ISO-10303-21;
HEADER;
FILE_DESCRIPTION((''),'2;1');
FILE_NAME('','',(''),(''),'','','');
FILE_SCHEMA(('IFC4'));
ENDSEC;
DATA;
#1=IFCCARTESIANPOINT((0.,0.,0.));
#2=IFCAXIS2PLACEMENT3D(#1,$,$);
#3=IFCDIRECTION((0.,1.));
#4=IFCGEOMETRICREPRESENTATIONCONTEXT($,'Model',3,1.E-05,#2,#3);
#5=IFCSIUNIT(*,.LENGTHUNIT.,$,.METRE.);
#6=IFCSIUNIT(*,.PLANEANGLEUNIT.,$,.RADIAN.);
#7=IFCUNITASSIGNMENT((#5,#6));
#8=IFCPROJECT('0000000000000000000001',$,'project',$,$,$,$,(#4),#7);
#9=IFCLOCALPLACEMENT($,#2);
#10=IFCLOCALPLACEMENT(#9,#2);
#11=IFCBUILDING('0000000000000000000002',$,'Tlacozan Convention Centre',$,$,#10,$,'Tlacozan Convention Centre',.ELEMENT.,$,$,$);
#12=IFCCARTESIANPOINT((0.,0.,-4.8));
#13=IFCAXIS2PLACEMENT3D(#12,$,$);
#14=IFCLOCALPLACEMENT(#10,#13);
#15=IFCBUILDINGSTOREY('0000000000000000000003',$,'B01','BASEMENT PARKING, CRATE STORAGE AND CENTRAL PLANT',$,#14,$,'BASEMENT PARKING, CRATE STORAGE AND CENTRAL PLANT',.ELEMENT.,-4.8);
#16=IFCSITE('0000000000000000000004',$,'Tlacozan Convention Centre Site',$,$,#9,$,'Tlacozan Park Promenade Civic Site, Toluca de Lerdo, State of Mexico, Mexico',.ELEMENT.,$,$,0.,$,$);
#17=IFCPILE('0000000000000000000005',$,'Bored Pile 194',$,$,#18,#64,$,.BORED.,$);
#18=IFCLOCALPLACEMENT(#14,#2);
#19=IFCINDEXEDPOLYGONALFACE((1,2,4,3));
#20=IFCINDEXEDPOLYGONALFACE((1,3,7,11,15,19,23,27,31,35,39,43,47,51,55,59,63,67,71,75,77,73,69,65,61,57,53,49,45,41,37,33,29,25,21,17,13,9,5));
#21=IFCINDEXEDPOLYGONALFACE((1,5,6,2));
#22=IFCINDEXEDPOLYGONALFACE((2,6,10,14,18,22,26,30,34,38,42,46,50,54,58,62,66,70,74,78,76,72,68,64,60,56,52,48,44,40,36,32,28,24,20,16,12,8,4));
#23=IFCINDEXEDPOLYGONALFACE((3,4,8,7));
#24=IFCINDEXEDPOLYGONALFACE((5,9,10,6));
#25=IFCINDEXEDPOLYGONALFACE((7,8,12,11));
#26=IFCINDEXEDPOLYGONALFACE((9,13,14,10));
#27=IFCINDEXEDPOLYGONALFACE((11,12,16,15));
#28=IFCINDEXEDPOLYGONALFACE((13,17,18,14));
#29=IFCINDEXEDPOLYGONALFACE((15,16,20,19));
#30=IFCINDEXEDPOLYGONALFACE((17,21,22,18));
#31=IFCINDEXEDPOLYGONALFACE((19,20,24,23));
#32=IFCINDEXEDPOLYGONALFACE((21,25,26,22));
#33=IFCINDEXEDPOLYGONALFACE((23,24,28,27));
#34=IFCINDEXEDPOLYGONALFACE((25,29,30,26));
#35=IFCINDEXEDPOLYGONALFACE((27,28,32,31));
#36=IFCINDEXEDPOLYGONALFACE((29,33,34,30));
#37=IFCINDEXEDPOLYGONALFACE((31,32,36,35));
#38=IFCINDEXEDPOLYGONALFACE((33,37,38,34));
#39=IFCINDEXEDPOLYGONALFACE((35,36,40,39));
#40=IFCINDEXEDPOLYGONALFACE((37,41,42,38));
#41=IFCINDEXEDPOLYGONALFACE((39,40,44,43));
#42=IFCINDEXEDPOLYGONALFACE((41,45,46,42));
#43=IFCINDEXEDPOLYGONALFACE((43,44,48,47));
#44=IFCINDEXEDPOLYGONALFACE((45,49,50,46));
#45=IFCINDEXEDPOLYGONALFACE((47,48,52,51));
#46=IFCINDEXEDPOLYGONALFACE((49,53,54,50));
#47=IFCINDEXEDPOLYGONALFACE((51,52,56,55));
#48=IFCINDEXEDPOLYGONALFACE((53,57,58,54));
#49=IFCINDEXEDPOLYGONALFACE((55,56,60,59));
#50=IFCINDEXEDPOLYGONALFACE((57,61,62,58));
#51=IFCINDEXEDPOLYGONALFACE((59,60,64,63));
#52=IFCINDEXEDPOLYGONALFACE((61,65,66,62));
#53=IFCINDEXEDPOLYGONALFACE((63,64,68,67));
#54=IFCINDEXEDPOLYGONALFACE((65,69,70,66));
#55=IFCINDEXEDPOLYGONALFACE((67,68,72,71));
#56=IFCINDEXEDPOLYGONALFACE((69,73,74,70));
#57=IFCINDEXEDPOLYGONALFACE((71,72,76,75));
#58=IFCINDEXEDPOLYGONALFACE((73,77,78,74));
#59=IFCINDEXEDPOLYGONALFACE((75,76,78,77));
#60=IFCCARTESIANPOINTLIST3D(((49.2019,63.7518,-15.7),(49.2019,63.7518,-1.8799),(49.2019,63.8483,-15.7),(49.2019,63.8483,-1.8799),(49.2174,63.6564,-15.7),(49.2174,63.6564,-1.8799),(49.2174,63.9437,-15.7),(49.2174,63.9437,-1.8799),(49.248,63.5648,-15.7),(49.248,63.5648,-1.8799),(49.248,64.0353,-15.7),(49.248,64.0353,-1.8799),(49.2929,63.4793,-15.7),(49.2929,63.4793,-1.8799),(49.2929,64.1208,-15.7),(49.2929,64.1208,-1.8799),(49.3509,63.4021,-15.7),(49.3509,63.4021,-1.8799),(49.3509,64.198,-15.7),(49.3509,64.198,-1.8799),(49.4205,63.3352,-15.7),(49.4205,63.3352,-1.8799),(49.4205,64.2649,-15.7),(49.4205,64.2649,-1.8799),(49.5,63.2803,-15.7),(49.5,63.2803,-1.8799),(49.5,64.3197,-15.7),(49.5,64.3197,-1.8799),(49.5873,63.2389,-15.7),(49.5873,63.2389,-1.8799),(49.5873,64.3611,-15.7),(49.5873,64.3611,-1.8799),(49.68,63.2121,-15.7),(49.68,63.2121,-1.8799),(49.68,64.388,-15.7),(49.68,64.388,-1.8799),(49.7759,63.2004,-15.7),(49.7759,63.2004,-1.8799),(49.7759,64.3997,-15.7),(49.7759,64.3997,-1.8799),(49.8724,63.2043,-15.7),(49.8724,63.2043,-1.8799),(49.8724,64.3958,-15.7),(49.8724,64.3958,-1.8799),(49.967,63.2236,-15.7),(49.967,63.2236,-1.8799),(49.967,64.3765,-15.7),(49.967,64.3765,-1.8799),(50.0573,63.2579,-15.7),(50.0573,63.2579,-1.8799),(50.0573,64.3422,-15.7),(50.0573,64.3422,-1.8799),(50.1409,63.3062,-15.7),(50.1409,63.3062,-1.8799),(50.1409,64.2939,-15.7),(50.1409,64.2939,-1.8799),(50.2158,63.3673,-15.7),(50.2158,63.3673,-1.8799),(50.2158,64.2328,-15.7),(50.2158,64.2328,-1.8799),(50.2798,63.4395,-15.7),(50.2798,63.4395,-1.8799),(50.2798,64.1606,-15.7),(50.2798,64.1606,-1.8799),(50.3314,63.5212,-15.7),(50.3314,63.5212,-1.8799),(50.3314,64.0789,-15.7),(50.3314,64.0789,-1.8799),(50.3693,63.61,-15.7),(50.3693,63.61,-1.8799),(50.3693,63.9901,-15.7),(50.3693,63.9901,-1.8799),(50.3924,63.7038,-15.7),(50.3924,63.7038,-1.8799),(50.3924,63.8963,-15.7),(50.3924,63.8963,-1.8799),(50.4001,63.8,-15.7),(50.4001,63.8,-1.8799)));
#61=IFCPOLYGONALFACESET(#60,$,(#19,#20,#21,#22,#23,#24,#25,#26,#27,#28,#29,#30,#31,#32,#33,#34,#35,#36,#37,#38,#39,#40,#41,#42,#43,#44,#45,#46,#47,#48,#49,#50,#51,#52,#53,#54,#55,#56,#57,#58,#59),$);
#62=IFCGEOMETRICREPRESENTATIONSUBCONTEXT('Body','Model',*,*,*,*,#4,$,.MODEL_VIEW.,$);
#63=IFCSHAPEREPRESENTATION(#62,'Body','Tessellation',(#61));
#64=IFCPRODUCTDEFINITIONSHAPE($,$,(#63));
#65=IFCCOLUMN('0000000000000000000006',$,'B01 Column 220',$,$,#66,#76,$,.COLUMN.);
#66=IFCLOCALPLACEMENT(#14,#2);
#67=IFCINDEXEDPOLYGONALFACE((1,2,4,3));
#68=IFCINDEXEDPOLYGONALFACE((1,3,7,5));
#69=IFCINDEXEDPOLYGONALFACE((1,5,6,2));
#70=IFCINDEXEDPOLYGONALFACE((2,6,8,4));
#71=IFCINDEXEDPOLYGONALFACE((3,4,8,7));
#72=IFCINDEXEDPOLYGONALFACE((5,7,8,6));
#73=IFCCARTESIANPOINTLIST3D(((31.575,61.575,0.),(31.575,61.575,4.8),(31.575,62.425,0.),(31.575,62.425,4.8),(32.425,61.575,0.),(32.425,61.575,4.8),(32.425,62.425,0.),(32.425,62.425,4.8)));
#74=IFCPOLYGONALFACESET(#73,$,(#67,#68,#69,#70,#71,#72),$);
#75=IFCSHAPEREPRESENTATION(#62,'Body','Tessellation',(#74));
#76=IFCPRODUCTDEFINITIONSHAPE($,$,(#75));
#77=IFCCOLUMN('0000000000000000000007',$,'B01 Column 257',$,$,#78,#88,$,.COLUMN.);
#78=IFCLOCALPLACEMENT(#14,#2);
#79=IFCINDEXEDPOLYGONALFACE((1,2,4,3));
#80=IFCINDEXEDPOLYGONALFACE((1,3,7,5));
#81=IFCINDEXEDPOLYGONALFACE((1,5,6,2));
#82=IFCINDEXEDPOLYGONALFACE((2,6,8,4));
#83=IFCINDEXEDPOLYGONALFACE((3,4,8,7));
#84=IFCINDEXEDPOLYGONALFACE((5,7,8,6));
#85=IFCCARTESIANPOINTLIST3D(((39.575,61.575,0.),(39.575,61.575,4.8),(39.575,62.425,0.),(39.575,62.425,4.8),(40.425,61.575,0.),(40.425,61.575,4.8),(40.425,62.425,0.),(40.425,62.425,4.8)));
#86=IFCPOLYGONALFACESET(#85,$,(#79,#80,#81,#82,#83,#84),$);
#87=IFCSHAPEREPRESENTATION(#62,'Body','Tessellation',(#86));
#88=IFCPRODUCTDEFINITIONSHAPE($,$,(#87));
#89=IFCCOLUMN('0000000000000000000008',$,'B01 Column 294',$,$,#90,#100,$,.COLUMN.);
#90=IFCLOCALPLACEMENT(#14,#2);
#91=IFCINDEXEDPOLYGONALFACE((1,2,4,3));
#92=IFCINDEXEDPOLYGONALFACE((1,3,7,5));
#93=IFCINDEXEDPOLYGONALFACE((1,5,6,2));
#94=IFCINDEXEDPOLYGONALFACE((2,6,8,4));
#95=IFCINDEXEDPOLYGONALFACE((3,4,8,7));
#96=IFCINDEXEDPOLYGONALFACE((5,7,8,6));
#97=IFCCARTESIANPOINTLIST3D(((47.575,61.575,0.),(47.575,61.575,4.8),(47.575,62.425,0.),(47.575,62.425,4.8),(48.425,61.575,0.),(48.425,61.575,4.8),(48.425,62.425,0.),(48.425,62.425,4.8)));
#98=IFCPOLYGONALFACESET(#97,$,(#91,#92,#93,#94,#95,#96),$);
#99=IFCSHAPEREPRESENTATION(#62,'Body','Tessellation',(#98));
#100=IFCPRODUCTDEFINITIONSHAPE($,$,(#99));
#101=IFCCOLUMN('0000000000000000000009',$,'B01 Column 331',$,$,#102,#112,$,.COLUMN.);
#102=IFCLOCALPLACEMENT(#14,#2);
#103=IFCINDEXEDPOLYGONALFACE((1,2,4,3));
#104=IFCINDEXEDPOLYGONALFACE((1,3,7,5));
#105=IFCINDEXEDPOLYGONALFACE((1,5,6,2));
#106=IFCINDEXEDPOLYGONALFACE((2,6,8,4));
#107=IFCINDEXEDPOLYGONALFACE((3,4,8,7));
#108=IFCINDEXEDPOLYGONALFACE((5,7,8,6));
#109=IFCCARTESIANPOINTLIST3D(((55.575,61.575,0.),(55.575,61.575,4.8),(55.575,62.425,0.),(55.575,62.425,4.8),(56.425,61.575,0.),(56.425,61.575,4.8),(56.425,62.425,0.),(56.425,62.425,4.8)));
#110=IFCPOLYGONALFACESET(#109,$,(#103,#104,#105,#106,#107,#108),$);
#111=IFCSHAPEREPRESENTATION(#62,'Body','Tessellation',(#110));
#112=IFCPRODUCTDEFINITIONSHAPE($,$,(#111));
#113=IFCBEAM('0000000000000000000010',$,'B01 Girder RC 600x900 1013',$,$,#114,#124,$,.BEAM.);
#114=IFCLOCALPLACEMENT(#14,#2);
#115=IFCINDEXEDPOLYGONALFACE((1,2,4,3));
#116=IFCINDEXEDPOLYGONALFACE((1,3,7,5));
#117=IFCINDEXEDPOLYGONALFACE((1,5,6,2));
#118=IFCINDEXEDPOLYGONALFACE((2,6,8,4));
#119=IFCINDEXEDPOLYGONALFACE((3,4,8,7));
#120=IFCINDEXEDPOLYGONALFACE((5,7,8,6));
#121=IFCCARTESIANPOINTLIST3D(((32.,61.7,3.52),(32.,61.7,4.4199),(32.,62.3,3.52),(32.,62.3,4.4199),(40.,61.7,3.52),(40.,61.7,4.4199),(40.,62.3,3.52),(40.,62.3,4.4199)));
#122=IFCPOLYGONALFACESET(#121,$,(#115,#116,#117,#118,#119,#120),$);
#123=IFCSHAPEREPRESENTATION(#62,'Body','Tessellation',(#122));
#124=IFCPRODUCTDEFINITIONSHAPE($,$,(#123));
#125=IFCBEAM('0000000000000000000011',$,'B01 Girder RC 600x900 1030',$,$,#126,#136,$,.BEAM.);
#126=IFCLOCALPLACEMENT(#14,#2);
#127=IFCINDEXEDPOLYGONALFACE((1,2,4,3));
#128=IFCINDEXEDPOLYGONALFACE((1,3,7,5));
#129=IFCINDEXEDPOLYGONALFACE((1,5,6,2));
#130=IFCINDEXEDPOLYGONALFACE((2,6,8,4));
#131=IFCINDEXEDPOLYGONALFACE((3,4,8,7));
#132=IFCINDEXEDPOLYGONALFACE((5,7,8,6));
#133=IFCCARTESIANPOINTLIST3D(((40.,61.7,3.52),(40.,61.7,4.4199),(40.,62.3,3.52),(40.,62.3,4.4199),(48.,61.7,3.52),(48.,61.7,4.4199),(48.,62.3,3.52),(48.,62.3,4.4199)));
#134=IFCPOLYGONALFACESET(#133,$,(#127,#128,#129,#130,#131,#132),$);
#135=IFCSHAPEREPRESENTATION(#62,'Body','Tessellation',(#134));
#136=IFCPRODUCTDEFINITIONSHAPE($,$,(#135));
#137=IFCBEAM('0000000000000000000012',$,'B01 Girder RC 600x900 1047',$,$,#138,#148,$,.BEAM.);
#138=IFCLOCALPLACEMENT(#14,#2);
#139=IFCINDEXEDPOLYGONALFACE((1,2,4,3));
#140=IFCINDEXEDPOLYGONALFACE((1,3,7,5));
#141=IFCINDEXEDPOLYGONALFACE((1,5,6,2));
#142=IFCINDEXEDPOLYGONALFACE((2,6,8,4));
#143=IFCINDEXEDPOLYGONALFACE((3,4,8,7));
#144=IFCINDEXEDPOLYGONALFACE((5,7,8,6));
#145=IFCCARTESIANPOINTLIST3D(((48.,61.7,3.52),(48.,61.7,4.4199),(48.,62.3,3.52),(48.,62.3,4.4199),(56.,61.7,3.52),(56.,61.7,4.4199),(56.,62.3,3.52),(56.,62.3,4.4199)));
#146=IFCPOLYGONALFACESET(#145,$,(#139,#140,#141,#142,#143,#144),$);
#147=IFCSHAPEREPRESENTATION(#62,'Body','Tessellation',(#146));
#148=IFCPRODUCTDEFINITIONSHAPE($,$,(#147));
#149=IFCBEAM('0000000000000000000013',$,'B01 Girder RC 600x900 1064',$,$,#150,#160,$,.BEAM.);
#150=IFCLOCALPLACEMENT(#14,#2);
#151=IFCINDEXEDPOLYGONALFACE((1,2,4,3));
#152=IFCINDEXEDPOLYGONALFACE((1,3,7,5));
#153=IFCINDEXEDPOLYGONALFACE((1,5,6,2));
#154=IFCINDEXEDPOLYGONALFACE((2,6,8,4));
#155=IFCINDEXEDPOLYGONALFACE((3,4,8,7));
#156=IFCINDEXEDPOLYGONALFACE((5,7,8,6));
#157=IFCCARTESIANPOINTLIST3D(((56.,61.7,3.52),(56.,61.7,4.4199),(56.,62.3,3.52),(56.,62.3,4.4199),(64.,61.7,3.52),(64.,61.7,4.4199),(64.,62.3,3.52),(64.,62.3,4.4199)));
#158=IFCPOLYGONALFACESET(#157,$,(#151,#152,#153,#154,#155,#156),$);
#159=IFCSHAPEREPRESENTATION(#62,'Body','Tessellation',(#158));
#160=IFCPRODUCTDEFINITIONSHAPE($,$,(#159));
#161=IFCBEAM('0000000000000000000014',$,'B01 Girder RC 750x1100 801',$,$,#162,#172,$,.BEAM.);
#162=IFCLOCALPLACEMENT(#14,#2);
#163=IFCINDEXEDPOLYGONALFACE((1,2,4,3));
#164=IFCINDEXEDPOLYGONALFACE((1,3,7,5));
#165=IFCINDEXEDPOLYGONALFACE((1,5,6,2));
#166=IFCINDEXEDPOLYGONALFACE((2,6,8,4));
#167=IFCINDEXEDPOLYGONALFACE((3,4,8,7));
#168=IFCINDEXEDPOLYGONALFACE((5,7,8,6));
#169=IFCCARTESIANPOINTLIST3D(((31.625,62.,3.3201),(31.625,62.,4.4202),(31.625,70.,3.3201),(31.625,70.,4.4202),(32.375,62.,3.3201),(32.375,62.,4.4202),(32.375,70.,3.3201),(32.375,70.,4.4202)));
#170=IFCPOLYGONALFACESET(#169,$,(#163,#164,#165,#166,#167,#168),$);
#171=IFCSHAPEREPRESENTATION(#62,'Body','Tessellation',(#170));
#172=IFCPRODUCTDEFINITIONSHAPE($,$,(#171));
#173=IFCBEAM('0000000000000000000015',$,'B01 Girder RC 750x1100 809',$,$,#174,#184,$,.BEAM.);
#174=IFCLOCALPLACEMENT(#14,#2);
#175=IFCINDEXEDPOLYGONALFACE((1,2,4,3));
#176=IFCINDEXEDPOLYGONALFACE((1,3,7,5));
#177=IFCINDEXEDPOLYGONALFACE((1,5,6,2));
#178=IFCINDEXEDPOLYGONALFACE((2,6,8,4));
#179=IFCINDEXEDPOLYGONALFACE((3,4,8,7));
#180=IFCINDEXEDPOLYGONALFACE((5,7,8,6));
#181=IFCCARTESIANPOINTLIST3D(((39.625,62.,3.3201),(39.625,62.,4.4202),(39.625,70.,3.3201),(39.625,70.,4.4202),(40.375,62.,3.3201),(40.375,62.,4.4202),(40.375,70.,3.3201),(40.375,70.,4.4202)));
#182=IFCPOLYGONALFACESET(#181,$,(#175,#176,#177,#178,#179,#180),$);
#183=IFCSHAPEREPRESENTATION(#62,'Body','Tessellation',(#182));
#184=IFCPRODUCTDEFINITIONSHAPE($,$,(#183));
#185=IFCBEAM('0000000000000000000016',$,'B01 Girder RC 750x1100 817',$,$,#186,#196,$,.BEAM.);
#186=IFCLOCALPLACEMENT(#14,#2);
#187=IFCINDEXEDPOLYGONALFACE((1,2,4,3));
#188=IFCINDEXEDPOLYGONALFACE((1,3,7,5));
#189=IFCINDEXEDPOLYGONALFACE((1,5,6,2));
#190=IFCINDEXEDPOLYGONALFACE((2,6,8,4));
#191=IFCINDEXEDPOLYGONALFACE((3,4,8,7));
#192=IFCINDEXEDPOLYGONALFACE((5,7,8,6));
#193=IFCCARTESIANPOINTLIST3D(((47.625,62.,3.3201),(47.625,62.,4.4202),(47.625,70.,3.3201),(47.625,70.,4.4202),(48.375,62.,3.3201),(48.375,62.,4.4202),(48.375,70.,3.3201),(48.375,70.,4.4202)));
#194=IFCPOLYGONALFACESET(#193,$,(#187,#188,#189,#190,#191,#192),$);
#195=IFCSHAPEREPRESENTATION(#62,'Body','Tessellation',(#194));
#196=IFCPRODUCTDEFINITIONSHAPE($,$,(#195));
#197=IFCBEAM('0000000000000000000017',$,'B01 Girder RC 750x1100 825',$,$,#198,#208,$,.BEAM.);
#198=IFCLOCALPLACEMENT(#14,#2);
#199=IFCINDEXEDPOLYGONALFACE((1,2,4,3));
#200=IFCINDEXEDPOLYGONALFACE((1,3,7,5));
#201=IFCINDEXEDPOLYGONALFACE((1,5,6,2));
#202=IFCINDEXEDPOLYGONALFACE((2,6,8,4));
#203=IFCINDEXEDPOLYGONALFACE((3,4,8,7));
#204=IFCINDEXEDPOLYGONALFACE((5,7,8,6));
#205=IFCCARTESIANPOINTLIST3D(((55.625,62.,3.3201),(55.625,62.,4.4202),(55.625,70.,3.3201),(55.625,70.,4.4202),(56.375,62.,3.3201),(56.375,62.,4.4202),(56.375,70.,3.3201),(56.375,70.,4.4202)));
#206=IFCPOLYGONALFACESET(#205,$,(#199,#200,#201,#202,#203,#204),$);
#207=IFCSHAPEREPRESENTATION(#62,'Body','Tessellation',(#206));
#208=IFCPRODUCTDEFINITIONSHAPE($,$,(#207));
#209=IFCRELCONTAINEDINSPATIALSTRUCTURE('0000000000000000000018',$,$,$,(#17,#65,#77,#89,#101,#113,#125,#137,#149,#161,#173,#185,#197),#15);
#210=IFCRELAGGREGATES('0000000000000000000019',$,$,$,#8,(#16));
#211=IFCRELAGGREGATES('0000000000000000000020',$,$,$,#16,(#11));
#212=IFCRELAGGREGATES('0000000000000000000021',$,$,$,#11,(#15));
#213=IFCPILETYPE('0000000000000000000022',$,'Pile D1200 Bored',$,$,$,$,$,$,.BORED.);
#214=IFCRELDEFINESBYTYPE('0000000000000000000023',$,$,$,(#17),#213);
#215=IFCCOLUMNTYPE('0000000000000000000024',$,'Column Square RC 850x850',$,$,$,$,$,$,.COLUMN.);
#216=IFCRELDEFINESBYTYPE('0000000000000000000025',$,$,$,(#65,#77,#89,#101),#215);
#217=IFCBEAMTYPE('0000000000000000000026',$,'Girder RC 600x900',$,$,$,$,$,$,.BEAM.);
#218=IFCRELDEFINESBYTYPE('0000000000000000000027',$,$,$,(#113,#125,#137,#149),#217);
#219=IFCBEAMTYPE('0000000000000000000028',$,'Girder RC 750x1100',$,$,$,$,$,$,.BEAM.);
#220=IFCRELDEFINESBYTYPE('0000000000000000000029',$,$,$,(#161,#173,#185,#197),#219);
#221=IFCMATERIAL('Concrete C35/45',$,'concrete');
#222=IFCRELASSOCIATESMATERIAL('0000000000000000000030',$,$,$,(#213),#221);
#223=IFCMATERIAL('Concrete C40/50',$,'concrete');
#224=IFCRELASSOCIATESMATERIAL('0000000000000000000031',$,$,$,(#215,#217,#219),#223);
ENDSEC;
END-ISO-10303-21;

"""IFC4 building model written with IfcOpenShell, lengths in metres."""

from ifc_helpers import new_model, si_unit, direction, frame, origin, origin_2d, place, context, subcontext, project, spatial, rectangle, circle, extrude, material, material_profile, profile_set, type_object, element, save


model = new_model("IFC4")

# Units and contexts
model_context = context("Model", 3, precision=1e-05, world=origin(), true_north=direction((0.0, 1.0)))
body_context = subcontext(model_context, "Body", "Model", "MODEL_VIEW")
ifc_project = project(units=[si_unit("LENGTHUNIT", "METRE"), si_unit("PLANEANGLEUNIT", "RADIAN")], contexts=[model_context])

# Site, building, storey
site_placement = place(None, origin())
site = spatial("IfcSite", under=ifc_project, at=site_placement, Name="Tlacozan Convention Centre Site", LongName="Tlacozan Park Promenade Civic Site, Toluca de Lerdo, State of Mexico, Mexico", CompositionType="ELEMENT", RefElevation=0.0)
building_placement = place(site_placement, origin())
building = spatial("IfcBuilding", under=site, at=building_placement, Name="Tlacozan Convention Centre", LongName="Tlacozan Convention Centre", CompositionType="ELEMENT")
storey_placement = place(building_placement, frame((0.0, 0.0, -4.8)))
storey = spatial("IfcBuildingStorey", under=building, at=storey_placement, Name="B01", Description="BASEMENT PARKING, CRATE STORAGE AND CENTRAL PLANT", LongName="BASEMENT PARKING, CRATE STORAGE AND CENTRAL PLANT", CompositionType="ELEMENT", Elevation=-4.8)

# Shared definitions
ifc_material_1 = material(Name="Concrete C35/45", Category="concrete")

# Pile
ifc_material_profile_1 = material_profile(ifc_material_1, circle(Radius=0.6001, at=origin_2d()), Name="PILE D1200")
ifc_profile_set_1 = profile_set([ifc_material_profile_1], Name="Concrete C35/45")
pile_type_1 = type_object("IfcPileType", Name="Pile D1200 Bored", PredefinedType="BORED", material=ifc_profile_set_1)
for number, where, z_axis, x_axis, name in (
    (1, (49.8, 63.8, -1.8799), (0.0, 0.0, -1.0), (1.0, 0.0, 0.0), "Bored Pile 194"),
):
    element("IfcPile", number, at=place(storey_placement, frame(where, z_axis=z_axis, x_axis=x_axis)), inside=storey, type_object=pile_type_1, Name=name, PredefinedType="BORED", context=body_context, shape_type="SweptSolid", body=[
        extrude(circle(Radius=0.6001, at=origin_2d()), origin(), (0.0, 0.0, 1.0), 13.8201),
    ])

# Columns
ifc_material_2 = material(Name="Concrete C40/50", Category="concrete")
ifc_material_profile_2 = material_profile(ifc_material_2, rectangle(XDim=0.8501, YDim=0.8501, at=origin_2d()), Name="RC 850x850")
ifc_profile_set_2 = profile_set([ifc_material_profile_2], Name="Concrete C40/50")
column_type = type_object("IfcColumnType", Name="Column Square RC 850x850", PredefinedType="COLUMN", material=ifc_profile_set_2)
for number, where, z_axis, x_axis, name in (
    (2, (32.0, 62.0, 0.0), (0.0, 0.0, 1.0), (1.0, 0.0, 0.0), "B01 Column 220"),
    (3, (40.0, 62.0, 0.0), (0.0, 0.0, 1.0), (1.0, 0.0, 0.0), "B01 Column 257"),
    (4, (48.0, 62.0, 0.0), (0.0, 0.0, 1.0), (1.0, 0.0, 0.0), "B01 Column 294"),
    (5, (56.0, 62.0, 0.0), (0.0, 0.0, 1.0), (1.0, 0.0, 0.0), "B01 Column 331"),
):
    element("IfcColumn", number, at=place(storey_placement, frame(where, z_axis=z_axis, x_axis=x_axis)), inside=storey, type_object=column_type, Name=name, PredefinedType="COLUMN", context=body_context, shape_type="SweptSolid", body=[
        extrude(rectangle(XDim=0.8501, YDim=0.8501, at=origin_2d()), origin(), (0.0, 0.0, 1.0), 4.8),
    ])

# Beams
ifc_material_profile_3 = material_profile(ifc_material_2, rectangle(XDim=0.6001, YDim=0.8999, at=origin_2d()), Name="RC 600x900")
ifc_profile_set_3 = profile_set([ifc_material_profile_3], Name="Concrete C40/50")
beam_type_1 = type_object("IfcBeamType", Name="Girder RC 600x900", PredefinedType="BEAM", material=ifc_profile_set_3)
for number, where, z_axis, x_axis, name in (
    (6, (32.0, 62.0, 3.97), (1.0, 0.0, 0.0), (0.0, 1.0, 0.0), "B01 Girder RC 600x900 1013"),
    (7, (40.0, 62.0, 3.97), (1.0, 0.0, 0.0), (0.0, 1.0, 0.0), "B01 Girder RC 600x900 1030"),
    (8, (48.0, 62.0, 3.97), (1.0, 0.0, 0.0), (0.0, 1.0, 0.0), "B01 Girder RC 600x900 1047"),
    (9, (56.0, 62.0, 3.97), (1.0, 0.0, 0.0), (0.0, 1.0, 0.0), "B01 Girder RC 600x900 1064"),
):
    element("IfcBeam", number, at=place(storey_placement, frame(where, z_axis=z_axis, x_axis=x_axis)), inside=storey, type_object=beam_type_1, Name=name, PredefinedType="BEAM", context=body_context, shape_type="SweptSolid", body=[
        extrude(rectangle(XDim=0.6001, YDim=0.8999, at=origin_2d()), origin(), (0.0, 0.0, 1.0), 8.0),
    ])
ifc_material_profile_4 = material_profile(ifc_material_2, rectangle(XDim=0.75, YDim=1.1001, at=origin_2d()), Name="RC 750x1100")
ifc_profile_set_4 = profile_set([ifc_material_profile_4], Name="Concrete C40/50")
beam_type_2 = type_object("IfcBeamType", Name="Girder RC 750x1100", PredefinedType="BEAM", material=ifc_profile_set_4)
for number, where, z_axis, x_axis, name in (
    (10, (32.0, 62.0, 3.8701), (0.0, 1.0, 0.0), (-1.0, 0.0, 0.0), "B01 Girder RC 750x1100 801"),
    (11, (40.0, 62.0, 3.8701), (0.0, 1.0, 0.0), (-1.0, 0.0, 0.0), "B01 Girder RC 750x1100 809"),
    (12, (48.0, 62.0, 3.8701), (0.0, 1.0, 0.0), (-1.0, 0.0, 0.0), "B01 Girder RC 750x1100 817"),
    (13, (56.0, 62.0, 3.8701), (0.0, 1.0, 0.0), (-1.0, 0.0, 0.0), "B01 Girder RC 750x1100 825"),
):
    element("IfcBeam", number, at=place(storey_placement, frame(where, z_axis=z_axis, x_axis=x_axis)), inside=storey, type_object=beam_type_2, Name=name, PredefinedType="BEAM", context=body_context, shape_type="SweptSolid", body=[
        extrude(rectangle(XDim=0.75, YDim=1.1001, at=origin_2d()), origin(), (0.0, 0.0, 1.0), 8.0),
    ])

save(model, "model.ifc")
